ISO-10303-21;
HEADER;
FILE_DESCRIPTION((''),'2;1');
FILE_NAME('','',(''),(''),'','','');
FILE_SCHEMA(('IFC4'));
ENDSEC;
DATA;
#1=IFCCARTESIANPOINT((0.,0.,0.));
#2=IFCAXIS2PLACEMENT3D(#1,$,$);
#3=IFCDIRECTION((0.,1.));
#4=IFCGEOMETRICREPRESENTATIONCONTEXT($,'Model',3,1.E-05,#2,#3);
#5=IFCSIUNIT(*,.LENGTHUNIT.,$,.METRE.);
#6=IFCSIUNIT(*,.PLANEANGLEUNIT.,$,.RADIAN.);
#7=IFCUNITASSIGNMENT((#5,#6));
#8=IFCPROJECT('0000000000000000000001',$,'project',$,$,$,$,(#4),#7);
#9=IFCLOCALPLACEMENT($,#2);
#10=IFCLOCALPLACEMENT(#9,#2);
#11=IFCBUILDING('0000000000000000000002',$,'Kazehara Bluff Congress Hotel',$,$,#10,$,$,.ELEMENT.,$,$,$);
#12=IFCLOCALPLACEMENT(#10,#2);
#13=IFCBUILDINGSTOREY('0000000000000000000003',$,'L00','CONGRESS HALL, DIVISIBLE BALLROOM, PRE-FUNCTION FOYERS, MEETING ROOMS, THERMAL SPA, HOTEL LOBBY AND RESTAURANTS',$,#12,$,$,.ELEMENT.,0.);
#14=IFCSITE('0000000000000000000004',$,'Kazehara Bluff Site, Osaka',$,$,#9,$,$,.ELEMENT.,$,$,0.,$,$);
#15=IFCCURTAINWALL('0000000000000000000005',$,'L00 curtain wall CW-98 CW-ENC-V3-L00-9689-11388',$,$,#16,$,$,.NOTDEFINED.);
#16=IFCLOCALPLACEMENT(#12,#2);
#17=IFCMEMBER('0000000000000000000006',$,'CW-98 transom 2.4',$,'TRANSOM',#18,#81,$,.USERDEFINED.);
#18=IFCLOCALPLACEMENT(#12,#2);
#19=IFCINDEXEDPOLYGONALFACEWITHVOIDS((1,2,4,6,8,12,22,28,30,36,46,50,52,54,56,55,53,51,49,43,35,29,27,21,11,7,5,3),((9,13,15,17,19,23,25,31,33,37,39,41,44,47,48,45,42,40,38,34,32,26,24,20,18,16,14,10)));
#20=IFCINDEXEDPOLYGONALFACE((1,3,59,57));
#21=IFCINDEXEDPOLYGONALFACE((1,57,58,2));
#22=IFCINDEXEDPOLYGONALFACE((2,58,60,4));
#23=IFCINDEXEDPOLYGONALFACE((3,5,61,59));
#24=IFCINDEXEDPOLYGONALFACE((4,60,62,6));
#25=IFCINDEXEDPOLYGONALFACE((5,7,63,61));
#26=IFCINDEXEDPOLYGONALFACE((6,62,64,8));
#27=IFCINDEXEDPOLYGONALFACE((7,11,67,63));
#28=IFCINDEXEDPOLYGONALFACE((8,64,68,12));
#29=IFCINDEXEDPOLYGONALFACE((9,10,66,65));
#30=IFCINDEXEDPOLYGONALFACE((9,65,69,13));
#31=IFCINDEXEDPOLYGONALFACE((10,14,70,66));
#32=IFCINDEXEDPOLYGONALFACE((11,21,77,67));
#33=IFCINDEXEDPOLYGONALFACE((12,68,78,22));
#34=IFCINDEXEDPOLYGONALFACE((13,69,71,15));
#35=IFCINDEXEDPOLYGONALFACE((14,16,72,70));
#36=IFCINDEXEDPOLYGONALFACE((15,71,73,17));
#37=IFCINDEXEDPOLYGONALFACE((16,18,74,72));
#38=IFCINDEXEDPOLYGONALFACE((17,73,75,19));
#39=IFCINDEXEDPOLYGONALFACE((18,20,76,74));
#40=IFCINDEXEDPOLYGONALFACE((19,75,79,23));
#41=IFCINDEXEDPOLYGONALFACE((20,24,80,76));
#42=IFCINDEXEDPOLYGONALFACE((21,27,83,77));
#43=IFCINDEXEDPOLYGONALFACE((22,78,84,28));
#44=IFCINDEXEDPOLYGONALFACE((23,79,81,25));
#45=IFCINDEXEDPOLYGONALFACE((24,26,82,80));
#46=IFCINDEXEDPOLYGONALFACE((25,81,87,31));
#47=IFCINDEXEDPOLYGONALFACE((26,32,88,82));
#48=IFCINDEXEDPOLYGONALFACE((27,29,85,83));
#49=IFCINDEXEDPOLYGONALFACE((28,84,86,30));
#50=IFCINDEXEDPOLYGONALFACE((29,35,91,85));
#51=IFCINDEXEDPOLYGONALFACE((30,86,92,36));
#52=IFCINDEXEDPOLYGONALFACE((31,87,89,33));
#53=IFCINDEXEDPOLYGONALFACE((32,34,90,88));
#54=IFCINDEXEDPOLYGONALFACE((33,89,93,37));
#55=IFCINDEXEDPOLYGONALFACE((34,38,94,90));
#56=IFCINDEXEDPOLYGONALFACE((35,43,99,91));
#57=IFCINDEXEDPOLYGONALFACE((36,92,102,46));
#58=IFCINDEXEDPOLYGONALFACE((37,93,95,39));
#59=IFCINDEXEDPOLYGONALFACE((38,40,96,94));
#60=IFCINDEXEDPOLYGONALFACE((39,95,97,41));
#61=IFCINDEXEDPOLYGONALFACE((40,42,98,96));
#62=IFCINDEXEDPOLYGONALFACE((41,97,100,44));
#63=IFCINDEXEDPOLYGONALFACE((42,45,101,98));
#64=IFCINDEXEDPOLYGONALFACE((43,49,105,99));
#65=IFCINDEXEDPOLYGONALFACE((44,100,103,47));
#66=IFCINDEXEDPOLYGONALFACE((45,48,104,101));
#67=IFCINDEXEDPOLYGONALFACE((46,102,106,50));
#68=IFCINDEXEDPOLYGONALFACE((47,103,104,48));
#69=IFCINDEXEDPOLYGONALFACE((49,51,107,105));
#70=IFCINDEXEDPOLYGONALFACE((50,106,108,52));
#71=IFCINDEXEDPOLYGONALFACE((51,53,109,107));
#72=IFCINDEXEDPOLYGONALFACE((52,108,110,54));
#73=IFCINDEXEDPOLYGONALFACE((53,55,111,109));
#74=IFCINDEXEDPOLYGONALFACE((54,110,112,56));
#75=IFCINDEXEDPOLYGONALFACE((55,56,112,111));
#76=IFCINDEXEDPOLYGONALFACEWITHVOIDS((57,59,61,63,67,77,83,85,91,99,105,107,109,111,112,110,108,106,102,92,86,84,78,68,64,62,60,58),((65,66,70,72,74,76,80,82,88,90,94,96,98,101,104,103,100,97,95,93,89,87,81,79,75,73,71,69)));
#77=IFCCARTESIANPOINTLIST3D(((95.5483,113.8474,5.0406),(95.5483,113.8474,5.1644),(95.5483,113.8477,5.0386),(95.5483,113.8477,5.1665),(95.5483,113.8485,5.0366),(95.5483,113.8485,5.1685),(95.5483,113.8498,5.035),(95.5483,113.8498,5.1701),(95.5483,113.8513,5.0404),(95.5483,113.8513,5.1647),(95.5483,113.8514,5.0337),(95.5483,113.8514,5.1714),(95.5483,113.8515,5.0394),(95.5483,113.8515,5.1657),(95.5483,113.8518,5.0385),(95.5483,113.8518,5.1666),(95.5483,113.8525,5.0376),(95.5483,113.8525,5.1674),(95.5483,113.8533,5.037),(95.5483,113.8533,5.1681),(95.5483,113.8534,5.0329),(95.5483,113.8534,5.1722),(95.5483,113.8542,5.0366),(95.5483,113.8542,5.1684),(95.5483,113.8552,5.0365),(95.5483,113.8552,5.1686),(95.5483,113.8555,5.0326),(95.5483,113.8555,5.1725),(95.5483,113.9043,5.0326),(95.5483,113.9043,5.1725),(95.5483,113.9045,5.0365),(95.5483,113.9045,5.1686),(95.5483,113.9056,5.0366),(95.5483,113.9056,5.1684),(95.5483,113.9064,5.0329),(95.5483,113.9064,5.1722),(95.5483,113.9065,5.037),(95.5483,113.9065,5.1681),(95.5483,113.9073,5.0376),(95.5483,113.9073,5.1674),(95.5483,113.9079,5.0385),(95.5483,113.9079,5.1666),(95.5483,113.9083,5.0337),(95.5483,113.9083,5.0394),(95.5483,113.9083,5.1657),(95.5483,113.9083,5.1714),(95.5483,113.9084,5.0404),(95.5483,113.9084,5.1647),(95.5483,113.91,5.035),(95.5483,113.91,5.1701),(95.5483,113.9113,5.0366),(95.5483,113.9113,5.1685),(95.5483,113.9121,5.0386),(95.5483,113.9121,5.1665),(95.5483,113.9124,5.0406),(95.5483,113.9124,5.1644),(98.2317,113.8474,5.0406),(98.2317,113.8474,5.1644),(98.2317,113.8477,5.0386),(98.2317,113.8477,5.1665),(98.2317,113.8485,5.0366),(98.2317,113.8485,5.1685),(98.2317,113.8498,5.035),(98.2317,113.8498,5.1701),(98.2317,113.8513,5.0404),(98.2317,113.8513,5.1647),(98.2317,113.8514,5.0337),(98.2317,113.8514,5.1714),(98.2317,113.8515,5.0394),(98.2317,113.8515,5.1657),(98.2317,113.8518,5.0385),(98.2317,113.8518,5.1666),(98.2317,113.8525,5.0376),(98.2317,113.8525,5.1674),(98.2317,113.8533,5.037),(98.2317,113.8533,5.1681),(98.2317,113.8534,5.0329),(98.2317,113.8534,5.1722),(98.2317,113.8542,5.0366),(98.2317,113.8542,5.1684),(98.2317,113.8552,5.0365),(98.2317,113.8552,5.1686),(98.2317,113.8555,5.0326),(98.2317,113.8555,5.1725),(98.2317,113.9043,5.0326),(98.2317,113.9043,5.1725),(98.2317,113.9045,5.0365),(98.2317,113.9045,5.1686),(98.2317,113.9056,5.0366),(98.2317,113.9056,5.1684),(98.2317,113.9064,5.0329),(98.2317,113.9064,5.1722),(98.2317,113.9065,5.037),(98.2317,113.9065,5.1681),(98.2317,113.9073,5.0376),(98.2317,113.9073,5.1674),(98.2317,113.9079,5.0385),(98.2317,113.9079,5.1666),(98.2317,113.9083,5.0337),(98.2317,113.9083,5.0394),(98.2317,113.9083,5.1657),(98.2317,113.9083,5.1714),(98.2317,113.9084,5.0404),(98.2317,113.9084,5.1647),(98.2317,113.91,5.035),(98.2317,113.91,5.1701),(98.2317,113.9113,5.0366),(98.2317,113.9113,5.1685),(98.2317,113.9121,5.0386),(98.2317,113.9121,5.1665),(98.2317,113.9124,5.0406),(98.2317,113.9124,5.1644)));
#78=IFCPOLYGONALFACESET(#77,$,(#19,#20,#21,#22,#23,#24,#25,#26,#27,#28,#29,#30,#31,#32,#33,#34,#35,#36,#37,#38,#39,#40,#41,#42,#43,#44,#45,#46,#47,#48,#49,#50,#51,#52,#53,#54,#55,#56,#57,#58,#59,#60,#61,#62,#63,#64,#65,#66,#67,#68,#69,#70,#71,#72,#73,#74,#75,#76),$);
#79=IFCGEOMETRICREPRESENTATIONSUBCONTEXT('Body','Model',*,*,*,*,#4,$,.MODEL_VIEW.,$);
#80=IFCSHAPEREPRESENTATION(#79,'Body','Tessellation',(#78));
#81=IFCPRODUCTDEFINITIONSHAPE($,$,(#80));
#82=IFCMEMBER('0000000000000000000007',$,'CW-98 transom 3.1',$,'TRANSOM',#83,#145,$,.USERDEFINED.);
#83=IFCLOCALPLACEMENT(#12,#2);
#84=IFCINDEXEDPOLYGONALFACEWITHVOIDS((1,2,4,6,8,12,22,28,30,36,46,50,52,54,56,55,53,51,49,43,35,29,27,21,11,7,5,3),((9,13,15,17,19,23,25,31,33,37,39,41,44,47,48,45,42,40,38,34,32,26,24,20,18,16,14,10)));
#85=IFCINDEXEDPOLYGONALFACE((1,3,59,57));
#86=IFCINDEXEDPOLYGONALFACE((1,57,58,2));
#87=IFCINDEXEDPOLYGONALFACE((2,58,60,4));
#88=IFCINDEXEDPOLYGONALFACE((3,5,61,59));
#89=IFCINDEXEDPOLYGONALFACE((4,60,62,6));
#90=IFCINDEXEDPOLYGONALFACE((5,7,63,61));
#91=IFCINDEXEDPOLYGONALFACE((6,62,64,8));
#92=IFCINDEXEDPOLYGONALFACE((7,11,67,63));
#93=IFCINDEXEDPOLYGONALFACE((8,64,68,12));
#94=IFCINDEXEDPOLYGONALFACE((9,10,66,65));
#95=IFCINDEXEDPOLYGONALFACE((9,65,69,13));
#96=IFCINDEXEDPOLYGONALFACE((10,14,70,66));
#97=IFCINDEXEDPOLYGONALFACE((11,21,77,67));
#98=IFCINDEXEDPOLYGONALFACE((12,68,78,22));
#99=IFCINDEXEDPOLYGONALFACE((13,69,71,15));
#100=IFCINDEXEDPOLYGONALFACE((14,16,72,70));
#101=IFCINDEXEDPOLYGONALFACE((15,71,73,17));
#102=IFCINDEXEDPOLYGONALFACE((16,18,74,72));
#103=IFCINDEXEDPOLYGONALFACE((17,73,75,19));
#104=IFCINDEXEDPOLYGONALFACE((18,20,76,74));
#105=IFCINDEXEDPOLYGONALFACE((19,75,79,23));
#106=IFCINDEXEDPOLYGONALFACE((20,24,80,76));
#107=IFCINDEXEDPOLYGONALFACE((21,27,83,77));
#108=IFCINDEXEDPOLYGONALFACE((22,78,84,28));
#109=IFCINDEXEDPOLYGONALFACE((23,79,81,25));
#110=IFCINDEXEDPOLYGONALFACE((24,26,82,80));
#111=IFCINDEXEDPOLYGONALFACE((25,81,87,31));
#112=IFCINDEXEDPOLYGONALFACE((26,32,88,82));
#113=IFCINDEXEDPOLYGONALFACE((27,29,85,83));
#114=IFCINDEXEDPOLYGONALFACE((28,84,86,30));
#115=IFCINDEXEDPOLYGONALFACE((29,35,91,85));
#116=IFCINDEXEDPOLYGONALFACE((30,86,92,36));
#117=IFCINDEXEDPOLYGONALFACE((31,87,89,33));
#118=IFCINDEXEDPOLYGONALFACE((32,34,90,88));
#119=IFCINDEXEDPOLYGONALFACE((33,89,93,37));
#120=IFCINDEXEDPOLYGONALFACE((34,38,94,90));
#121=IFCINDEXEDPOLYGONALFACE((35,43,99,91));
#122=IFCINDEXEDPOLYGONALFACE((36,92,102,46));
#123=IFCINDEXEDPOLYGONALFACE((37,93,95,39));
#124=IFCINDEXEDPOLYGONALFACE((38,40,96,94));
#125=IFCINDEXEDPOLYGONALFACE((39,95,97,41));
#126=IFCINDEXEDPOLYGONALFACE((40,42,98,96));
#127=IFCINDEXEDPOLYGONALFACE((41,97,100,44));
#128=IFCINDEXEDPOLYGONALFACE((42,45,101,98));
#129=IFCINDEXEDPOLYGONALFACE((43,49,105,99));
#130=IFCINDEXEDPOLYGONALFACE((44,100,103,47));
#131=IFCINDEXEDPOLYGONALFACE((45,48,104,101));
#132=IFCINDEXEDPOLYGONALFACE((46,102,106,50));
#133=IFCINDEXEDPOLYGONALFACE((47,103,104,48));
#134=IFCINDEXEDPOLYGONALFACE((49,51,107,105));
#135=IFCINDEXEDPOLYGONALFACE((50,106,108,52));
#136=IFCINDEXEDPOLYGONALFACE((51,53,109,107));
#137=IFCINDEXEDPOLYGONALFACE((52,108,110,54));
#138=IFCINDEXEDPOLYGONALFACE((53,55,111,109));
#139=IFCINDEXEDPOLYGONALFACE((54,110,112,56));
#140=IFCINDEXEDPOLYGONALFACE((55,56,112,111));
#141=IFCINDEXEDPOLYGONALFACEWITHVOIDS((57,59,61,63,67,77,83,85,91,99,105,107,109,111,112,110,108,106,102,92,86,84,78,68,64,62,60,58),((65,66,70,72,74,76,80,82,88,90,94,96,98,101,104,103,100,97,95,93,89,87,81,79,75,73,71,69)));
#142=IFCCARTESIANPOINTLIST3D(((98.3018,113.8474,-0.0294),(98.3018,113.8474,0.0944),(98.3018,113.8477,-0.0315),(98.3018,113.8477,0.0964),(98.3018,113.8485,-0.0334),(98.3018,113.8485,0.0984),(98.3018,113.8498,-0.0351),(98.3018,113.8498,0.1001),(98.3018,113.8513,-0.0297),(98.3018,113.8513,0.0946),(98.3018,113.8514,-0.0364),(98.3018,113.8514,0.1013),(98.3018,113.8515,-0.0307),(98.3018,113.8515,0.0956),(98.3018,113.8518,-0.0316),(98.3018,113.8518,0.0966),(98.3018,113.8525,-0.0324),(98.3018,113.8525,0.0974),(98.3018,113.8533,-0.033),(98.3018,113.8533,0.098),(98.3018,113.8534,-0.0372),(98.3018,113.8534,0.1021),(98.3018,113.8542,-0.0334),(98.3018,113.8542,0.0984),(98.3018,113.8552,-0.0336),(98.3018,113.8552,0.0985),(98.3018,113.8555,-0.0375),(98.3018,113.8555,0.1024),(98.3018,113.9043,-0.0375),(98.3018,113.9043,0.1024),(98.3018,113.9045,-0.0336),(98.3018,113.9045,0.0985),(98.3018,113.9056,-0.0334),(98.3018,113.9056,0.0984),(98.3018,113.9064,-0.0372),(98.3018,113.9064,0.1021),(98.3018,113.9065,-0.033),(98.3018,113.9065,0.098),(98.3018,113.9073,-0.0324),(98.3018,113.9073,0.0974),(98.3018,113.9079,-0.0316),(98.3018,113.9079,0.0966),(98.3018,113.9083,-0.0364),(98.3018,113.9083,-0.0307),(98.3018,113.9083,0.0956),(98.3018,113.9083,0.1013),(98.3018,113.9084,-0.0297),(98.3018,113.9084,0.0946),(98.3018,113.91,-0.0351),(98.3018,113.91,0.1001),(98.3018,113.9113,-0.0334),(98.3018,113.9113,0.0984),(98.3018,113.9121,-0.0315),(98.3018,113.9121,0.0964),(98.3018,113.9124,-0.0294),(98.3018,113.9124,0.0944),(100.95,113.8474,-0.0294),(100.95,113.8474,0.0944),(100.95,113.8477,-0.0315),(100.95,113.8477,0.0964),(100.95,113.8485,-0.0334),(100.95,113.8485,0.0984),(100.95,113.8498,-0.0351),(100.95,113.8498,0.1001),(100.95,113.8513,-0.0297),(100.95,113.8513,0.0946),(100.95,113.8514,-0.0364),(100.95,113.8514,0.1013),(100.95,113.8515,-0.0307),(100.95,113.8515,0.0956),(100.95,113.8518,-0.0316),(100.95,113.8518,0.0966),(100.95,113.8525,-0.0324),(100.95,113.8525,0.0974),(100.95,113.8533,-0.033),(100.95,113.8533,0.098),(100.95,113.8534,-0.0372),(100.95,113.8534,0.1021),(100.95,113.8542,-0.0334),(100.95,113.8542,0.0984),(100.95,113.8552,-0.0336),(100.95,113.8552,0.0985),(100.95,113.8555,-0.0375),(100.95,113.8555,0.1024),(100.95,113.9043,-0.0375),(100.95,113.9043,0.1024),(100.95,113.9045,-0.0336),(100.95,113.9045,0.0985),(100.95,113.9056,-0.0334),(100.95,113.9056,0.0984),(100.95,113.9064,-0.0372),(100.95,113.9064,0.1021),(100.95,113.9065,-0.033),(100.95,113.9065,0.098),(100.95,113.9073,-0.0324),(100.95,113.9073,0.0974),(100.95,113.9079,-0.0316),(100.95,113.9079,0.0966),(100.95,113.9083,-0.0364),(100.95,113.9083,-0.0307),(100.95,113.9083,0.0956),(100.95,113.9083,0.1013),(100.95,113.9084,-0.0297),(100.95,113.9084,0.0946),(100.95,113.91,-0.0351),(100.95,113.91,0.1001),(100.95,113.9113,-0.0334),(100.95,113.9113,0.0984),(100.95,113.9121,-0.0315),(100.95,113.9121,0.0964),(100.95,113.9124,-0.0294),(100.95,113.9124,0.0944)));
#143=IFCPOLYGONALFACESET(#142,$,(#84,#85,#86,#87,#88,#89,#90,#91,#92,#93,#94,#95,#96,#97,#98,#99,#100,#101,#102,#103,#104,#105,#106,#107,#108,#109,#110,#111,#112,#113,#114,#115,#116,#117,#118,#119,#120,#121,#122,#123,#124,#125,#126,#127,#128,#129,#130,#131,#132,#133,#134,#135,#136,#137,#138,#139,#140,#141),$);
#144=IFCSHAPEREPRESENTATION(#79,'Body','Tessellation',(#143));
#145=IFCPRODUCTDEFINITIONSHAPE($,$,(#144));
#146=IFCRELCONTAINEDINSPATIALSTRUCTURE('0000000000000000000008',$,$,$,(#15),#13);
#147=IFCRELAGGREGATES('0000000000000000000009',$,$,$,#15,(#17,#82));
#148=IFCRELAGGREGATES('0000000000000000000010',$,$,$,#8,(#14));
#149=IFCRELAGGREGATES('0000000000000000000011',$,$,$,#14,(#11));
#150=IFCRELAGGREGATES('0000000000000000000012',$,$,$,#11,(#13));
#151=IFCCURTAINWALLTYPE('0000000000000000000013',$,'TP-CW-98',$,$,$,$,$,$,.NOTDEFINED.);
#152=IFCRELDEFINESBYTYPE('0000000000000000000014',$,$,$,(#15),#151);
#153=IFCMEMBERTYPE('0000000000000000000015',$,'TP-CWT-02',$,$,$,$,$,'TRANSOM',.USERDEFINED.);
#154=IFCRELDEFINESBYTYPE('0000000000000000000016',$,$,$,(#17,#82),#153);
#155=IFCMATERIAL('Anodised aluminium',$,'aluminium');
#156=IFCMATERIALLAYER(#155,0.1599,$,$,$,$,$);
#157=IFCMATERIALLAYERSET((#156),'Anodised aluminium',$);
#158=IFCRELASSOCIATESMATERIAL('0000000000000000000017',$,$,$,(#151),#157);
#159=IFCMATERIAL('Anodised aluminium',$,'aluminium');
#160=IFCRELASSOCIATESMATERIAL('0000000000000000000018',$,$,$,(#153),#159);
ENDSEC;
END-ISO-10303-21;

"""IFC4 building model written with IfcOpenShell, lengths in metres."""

from ifc_helpers import new_model, si_unit, direction, frame, origin, origin_2d, place, context, subcontext, project, spatial, hollow_rectangle, extrude, material, layer, layer_set, material_profile, profile_set, type_object, element, aggregate, save


model = new_model("IFC4")

# Units and contexts
model_context = context("Model", 3, precision=1e-05, world=origin(), true_north=direction((0.0, 1.0)))
body_context = subcontext(model_context, "Body", "Model", "MODEL_VIEW")
ifc_project = project(units=[si_unit("LENGTHUNIT", "METRE"), si_unit("PLANEANGLEUNIT", "RADIAN")], contexts=[model_context])

# Site, building, storey
site_placement = place(None, origin())
site = spatial("IfcSite", under=ifc_project, at=site_placement, Name="Kazehara Bluff Site, Osaka", CompositionType="ELEMENT", RefElevation=0.0)
building_placement = place(site_placement, origin())
building = spatial("IfcBuilding", under=site, at=building_placement, Name="Kazehara Bluff Congress Hotel", CompositionType="ELEMENT")
storey_placement = place(building_placement, origin())
storey = spatial("IfcBuildingStorey", under=building, at=storey_placement, Name="L00", Description="CONGRESS HALL, DIVISIBLE BALLROOM, PRE-FUNCTION FOYERS, MEETING ROOMS, THERMAL SPA, HOTEL LOBBY AND RESTAURANTS", CompositionType="ELEMENT", Elevation=0.0)

# Curtain wall, members
ifc_material_1 = material(Name="Anodised aluminium", Category="aluminium")
ifc_layer_1 = layer(ifc_material_1, 0.1599)
ifc_layer_set_1 = layer_set([ifc_layer_1], Name="Anodised aluminium")
curtain_wall_type = type_object("IfcCurtainWallType", Name="TP-CW-98", PredefinedType="NOTDEFINED", material=ifc_layer_set_1)
curtain_wall_placement = place(storey_placement, origin())
curtain_wall = element("IfcCurtainWall", 1, at=curtain_wall_placement, inside=storey, type_object=curtain_wall_type, Name="L00 curtain wall CW-98 CW-ENC-V3-L00-9689-11388", PredefinedType="NOTDEFINED")
ifc_material_2 = material(Name="Anodised aluminium", Category="aluminium")
ifc_material_profile_1 = material_profile(ifc_material_2, hollow_rectangle(XDim=0.0649, YDim=0.1399, WallThickness=0.0039, InnerFilletRadius=0.0039, OuterFilletRadius=0.0081, at=origin_2d()))
ifc_profile_set_1 = profile_set([ifc_material_profile_1], Name="Anodised aluminium")
member_type_1 = type_object("IfcMemberType", Name="TP-CWT-02", ElementType="TRANSOM", PredefinedType="USERDEFINED", material=ifc_profile_set_1)
member_1_placement = place(storey_placement, frame((95.5483, 113.8799, 5.1025), z_axis=(1.0, 0.0, 0.0), x_axis=(0.0, 1.0, 0.0)))
member_1 = element("IfcMember", 2, at=member_1_placement, type_object=member_type_1, Name="CW-98 transom 2.4", ObjectType="TRANSOM", PredefinedType="USERDEFINED", context=body_context, shape_type="SweptSolid", body=[
    extrude(hollow_rectangle(XDim=0.0649, YDim=0.1399, WallThickness=0.0039, InnerFilletRadius=0.0039, OuterFilletRadius=0.0081, at=origin_2d()), origin(), (0.0, 0.0, 1.0), 2.6833),
])
member_2_placement = place(storey_placement, frame((98.3018, 113.8799, 0.0325), z_axis=(1.0, 0.0, 0.0), x_axis=(0.0, 1.0, 0.0)))
member_2 = element("IfcMember", 3, at=member_2_placement, type_object=member_type_1, Name="CW-98 transom 3.1", ObjectType="TRANSOM", PredefinedType="USERDEFINED", context=body_context, shape_type="SweptSolid", body=[
    extrude(hollow_rectangle(XDim=0.0649, YDim=0.1399, WallThickness=0.0039, InnerFilletRadius=0.0039, OuterFilletRadius=0.0081, at=origin_2d()), origin(), (0.0, 0.0, 1.0), 2.6482),
])

aggregate(curtain_wall, [member_1, member_2])

save(model, "model.ifc")
